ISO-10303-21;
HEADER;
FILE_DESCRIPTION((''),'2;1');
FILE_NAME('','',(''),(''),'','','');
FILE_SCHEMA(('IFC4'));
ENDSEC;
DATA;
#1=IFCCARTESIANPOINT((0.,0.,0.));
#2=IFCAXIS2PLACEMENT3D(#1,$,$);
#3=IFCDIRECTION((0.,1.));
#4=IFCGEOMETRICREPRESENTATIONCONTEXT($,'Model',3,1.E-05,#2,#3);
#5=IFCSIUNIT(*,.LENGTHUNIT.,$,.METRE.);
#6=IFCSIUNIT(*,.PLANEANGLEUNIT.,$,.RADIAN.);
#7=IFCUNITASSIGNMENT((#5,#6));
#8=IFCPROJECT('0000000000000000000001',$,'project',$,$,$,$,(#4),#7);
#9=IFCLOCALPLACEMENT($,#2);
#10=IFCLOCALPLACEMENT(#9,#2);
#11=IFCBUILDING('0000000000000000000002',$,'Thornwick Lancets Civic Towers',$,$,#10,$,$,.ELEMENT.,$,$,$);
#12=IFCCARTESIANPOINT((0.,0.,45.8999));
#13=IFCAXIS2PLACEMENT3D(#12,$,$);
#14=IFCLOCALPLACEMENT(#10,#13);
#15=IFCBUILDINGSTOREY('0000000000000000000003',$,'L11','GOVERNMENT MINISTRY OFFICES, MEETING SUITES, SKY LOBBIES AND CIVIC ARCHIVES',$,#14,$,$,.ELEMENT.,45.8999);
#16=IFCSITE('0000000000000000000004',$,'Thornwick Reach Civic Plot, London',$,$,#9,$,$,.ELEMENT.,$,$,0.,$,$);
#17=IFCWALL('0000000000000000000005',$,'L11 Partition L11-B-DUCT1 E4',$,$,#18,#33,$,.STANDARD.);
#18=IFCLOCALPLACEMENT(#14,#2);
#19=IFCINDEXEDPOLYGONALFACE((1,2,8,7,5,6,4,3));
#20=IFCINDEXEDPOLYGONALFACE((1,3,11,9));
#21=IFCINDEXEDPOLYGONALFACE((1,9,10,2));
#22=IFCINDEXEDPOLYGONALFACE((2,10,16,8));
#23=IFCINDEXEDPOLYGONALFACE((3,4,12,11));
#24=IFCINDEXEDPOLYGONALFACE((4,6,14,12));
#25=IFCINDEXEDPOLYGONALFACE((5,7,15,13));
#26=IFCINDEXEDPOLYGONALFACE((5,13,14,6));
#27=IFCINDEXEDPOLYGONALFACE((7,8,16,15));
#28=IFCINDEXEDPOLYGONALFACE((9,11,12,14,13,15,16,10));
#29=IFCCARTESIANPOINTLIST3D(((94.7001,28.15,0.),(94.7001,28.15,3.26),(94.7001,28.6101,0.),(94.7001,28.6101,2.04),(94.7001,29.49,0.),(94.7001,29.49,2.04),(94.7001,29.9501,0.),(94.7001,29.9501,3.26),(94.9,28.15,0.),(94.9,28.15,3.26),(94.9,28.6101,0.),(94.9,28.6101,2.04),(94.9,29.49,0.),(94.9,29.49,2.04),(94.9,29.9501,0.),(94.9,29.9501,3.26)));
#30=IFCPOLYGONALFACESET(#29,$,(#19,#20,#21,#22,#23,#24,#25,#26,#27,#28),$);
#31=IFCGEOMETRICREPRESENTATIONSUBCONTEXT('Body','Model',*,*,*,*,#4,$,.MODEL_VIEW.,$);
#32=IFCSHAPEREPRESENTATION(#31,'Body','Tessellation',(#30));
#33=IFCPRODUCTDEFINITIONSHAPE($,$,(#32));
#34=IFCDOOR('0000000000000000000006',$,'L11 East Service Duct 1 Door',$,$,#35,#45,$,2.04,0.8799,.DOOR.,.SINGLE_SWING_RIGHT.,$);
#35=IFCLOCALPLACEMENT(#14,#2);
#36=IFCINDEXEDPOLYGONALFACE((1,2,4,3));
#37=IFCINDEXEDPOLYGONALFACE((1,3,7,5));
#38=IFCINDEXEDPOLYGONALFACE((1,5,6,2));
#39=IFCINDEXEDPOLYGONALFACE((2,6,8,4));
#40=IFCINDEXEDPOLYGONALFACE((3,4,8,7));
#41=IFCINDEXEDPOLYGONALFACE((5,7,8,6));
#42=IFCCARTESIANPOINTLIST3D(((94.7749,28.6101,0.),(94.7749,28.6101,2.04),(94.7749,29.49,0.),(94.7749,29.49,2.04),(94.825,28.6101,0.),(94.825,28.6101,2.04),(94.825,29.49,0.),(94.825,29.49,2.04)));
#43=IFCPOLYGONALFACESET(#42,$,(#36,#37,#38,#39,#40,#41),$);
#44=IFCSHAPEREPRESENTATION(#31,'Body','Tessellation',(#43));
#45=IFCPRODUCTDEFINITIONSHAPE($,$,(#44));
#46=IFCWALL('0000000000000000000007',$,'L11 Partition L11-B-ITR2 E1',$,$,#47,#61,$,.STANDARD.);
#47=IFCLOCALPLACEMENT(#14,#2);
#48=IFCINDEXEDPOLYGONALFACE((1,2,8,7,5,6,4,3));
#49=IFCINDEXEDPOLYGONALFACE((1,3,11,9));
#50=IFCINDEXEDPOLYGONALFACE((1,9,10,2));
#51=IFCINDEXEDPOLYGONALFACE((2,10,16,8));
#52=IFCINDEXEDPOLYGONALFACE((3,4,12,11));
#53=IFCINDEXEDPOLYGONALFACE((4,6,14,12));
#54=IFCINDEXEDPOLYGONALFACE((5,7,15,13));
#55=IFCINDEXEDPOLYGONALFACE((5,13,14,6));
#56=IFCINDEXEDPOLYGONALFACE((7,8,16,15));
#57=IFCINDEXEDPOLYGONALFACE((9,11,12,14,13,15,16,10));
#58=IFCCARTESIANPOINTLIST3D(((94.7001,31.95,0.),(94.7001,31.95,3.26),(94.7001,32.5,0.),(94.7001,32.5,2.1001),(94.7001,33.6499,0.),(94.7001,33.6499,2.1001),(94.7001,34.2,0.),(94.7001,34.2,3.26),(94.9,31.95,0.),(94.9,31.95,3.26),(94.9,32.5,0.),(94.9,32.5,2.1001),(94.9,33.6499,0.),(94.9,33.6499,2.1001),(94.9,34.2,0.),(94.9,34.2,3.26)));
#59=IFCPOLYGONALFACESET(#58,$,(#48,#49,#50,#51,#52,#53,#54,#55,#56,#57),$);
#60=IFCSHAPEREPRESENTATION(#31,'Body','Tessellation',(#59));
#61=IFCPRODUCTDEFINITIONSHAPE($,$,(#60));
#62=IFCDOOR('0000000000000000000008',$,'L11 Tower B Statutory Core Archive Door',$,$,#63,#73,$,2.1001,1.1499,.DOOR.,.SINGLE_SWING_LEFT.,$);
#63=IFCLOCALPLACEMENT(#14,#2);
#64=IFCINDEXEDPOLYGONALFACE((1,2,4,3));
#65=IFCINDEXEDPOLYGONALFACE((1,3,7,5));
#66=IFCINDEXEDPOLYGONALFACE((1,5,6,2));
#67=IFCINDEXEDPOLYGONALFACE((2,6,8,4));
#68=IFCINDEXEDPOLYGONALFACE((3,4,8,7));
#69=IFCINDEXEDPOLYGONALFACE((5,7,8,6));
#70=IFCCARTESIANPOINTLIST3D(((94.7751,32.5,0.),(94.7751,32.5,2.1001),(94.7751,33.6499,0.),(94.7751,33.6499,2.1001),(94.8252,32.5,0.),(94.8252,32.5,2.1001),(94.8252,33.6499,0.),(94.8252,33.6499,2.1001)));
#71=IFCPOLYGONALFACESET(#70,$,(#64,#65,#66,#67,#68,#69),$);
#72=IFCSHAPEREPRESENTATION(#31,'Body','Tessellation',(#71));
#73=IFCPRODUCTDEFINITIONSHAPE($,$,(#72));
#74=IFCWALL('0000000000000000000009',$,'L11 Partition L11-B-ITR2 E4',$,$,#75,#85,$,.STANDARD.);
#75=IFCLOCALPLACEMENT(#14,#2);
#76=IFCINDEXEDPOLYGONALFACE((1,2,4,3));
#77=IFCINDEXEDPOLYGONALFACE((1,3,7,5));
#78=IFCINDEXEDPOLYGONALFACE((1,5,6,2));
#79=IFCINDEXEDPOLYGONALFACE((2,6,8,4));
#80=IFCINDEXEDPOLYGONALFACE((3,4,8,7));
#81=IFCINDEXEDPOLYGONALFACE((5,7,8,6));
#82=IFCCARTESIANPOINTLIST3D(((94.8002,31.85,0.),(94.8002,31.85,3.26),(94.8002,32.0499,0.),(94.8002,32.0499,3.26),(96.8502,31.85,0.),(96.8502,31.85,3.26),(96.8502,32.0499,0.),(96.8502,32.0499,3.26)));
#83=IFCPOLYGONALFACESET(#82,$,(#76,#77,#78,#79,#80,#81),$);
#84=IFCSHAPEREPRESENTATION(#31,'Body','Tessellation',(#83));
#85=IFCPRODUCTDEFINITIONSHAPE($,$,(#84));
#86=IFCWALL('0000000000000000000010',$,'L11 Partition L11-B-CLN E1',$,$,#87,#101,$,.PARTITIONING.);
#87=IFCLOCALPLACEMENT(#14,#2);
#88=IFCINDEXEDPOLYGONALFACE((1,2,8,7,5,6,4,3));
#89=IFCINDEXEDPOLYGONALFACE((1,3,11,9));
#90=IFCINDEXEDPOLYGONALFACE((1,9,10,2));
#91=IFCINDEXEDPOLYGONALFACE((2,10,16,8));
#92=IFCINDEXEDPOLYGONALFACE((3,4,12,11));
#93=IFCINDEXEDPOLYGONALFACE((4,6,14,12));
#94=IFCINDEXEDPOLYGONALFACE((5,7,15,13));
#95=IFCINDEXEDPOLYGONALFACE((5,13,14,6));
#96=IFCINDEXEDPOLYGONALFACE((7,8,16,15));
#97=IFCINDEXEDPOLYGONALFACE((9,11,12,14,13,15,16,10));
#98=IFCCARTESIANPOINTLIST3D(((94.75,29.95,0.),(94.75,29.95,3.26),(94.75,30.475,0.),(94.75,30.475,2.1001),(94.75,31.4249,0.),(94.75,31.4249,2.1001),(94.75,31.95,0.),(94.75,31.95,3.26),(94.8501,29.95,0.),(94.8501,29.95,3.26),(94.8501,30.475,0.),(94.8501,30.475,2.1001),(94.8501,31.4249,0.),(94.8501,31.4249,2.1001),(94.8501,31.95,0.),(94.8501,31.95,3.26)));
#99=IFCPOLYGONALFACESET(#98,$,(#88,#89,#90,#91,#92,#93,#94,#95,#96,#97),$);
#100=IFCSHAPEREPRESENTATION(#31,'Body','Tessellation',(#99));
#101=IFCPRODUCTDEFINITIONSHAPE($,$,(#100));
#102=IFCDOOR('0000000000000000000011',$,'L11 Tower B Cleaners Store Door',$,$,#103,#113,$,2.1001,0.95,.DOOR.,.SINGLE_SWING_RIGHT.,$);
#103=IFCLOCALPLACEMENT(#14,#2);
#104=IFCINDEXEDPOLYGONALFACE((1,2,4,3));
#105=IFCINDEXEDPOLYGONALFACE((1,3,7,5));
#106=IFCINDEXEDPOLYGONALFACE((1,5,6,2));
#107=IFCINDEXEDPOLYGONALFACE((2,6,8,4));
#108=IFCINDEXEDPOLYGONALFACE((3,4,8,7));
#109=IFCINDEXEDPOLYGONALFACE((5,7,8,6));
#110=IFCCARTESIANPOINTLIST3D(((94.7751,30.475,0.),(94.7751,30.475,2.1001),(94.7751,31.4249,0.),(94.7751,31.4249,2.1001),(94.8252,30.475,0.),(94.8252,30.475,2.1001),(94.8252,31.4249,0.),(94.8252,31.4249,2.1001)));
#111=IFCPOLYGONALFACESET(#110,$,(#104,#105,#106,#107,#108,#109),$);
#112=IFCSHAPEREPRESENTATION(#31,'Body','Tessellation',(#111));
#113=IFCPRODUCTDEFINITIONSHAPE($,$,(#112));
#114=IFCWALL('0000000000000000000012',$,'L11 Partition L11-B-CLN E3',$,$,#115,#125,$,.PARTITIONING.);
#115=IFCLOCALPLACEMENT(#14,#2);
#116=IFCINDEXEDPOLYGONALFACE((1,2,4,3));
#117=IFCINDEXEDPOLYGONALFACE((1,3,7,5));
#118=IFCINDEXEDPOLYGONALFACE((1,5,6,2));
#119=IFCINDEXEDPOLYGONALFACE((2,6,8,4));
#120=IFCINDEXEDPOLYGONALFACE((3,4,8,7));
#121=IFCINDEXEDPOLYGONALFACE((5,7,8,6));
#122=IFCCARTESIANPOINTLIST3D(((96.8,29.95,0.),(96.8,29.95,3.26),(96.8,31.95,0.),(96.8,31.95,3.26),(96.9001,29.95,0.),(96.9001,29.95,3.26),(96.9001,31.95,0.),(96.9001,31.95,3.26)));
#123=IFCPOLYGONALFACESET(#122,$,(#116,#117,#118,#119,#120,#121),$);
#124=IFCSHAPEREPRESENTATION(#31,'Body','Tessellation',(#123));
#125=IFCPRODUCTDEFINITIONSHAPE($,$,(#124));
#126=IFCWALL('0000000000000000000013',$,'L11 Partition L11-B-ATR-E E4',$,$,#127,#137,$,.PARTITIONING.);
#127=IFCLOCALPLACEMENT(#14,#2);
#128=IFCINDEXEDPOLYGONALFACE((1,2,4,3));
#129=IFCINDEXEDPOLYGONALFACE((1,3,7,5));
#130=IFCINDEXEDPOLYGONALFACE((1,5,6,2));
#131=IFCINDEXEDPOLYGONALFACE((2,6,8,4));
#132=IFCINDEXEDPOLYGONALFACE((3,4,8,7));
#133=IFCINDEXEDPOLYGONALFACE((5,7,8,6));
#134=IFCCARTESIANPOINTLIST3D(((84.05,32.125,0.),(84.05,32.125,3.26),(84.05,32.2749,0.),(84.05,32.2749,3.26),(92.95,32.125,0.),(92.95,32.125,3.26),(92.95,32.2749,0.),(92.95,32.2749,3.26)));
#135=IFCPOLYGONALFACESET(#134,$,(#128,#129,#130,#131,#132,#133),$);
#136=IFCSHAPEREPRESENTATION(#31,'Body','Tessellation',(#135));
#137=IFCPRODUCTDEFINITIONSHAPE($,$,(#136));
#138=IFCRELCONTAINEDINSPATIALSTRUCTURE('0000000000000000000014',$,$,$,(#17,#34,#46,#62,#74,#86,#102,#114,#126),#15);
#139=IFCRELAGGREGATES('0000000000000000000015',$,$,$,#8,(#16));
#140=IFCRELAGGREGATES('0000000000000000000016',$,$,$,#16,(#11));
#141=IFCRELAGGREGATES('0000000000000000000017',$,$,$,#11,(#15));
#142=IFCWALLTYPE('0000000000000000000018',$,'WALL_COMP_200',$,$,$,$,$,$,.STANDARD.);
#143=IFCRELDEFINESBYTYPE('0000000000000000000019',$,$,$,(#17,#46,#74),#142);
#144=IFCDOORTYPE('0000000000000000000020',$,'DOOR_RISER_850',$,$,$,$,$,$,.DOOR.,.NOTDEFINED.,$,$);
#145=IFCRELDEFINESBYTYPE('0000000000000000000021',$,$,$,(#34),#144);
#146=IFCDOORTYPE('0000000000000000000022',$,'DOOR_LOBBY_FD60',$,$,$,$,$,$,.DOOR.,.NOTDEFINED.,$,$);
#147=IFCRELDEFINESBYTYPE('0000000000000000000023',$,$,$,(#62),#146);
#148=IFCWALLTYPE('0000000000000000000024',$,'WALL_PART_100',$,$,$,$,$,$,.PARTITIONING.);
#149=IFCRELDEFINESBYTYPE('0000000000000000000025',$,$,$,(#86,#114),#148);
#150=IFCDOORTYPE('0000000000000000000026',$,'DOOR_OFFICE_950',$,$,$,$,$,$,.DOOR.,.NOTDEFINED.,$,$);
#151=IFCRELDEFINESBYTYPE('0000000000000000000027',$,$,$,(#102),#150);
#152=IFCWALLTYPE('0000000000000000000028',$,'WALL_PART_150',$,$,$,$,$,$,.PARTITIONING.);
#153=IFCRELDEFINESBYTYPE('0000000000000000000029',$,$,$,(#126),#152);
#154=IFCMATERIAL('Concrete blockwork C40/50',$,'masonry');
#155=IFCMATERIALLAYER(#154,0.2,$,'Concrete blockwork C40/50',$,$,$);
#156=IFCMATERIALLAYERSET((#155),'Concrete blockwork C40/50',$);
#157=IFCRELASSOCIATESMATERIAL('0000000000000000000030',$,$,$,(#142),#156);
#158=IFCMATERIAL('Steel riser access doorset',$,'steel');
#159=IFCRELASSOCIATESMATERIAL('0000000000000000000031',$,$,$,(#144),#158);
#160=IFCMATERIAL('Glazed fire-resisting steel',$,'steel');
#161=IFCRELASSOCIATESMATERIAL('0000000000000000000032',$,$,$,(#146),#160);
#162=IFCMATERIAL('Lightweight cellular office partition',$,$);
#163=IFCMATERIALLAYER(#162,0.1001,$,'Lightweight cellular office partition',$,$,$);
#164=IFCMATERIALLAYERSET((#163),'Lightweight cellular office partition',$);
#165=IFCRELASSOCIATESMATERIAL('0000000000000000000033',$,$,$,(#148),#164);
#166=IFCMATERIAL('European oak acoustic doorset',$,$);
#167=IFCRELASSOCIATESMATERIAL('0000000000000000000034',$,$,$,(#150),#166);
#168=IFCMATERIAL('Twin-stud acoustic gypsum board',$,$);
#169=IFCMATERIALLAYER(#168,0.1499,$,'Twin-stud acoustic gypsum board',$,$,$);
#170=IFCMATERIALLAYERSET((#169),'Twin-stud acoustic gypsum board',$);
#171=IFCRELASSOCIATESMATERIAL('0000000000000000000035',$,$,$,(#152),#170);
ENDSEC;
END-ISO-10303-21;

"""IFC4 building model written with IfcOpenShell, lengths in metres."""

from ifc_helpers import new_model, si_unit, direction, frame, frame_2d, origin, place, context, subcontext, project, spatial, rectangle, extrude, material, layer, layer_set, type_object, element, fill, save


model = new_model("IFC4")

# Units and contexts
model_context = context("Model", 3, precision=1e-05, world=origin(), true_north=direction((0.0, 1.0)))
body_context = subcontext(model_context, "Body", "Model", "MODEL_VIEW")
ifc_project = project(units=[si_unit("LENGTHUNIT", "METRE"), si_unit("PLANEANGLEUNIT", "RADIAN")], contexts=[model_context])

# Site, building, storey
site_placement = place(None, origin())
site = spatial("IfcSite", under=ifc_project, at=site_placement, Name="Thornwick Reach Civic Plot, London", CompositionType="ELEMENT", RefElevation=0.0)
building_placement = place(site_placement, origin())
building = spatial("IfcBuilding", under=site, at=building_placement, Name="Thornwick Lancets Civic Towers", CompositionType="ELEMENT")
storey_placement = place(building_placement, frame((0.0, 0.0, 45.8999)))
storey = spatial("IfcBuildingStorey", under=building, at=storey_placement, Name="L11", Description="GOVERNMENT MINISTRY OFFICES, MEETING SUITES, SKY LOBBIES AND CIVIC ARCHIVES", CompositionType="ELEMENT", Elevation=45.8999)

# Shared definitions
ifc_material_1 = material(Name="Concrete blockwork C40/50", Category="masonry")
ifc_layer_1 = layer(ifc_material_1, 0.2, Name="Concrete blockwork C40/50")
ifc_layer_set_1 = layer_set([ifc_layer_1], Name="Concrete blockwork C40/50")
wall_type_1 = type_object("IfcWallType", Name="WALL_COMP_200", PredefinedType="STANDARD", material=ifc_layer_set_1)

# Walls, openings, doors
wall_1_placement = place(storey_placement, frame((94.8, 29.95, 0.0), z_axis=(0.0, 0.0, 1.0), x_axis=(0.0, -1.0, 0.0)))
wall_1 = element("IfcWall", 1, at=wall_1_placement, inside=storey, type_object=wall_type_1, Name="L11 Partition L11-B-DUCT1 E4", PredefinedType="STANDARD", context=body_context, shape_type="SweptSolid", body=[
    extrude(rectangle(XDim=1.8, YDim=0.2, at=frame_2d((0.8999, 0.0))), origin(), (0.0, 0.0, 1.0), 3.26),
])
opening_1_placement = place(wall_1_placement, frame((0.46, 0.0, 0.0)))
opening_1 = element("IfcOpeningElement", 2, at=opening_1_placement, cuts=wall_1, PredefinedType="OPENING", context=body_context, shape_type="SweptSolid", body=[
    extrude(rectangle(XDim=0.8799, YDim=2.04, at=frame_2d((0.4399, 1.02))), frame((0.0, 0.1099, 0.0), z_axis=(0.0, -1.0, 0.0), x_axis=(1.0, 0.0, 0.0)), (0.0, 0.0, 1.0), 0.22),
])
ifc_material_2 = material(Name="Steel riser access doorset", Category="steel")
door_type_1 = type_object("IfcDoorType", Name="DOOR_RISER_850", OperationType="NOTDEFINED", PredefinedType="DOOR", material=ifc_material_2)
door_1_placement = place(opening_1_placement, origin())
door_1 = element("IfcDoor", 3, at=door_1_placement, inside=storey, type_object=door_type_1, Name="L11 East Service Duct 1 Door", OperationType="SINGLE_SWING_RIGHT", OverallHeight=2.04, OverallWidth=0.8799, PredefinedType="DOOR", context=body_context, shape_type="SweptSolid", body=[
    extrude(rectangle(XDim=0.8799, YDim=2.04, at=frame_2d((0.4399, 1.02))), frame((0.0, 0.0249, 0.0), z_axis=(0.0, -1.0, 0.0), x_axis=(1.0, 0.0, 0.0)), (0.0, 0.0, 1.0), 0.05),
])
fill(opening_1, door_1)
wall_2_placement = place(storey_placement, frame((94.8, 31.95, 0.0), z_axis=(0.0, 0.0, 1.0), x_axis=(0.0, 1.0, 0.0)))
wall_2 = element("IfcWall", 4, at=wall_2_placement, inside=storey, type_object=wall_type_1, Name="L11 Partition L11-B-ITR2 E1", PredefinedType="STANDARD", context=body_context, shape_type="SweptSolid", body=[
    extrude(rectangle(XDim=2.25, YDim=0.2, at=frame_2d((1.125, 0.0))), origin(), (0.0, 0.0, 1.0), 3.26),
])
opening_2_placement = place(wall_2_placement, frame((0.55, 0.0, 0.0)))
opening_2 = element("IfcOpeningElement", 5, at=opening_2_placement, cuts=wall_2, PredefinedType="OPENING", context=body_context, shape_type="SweptSolid", body=[
    extrude(rectangle(XDim=1.1499, YDim=2.1001, at=frame_2d((0.575, 1.05))), frame((0.0, 0.1099, 0.0), z_axis=(0.0, -1.0, 0.0), x_axis=(1.0, 0.0, 0.0)), (0.0, 0.0, 1.0), 0.22),
])
ifc_material_3 = material(Name="Glazed fire-resisting steel", Category="steel")
door_type_2 = type_object("IfcDoorType", Name="DOOR_LOBBY_FD60", OperationType="NOTDEFINED", PredefinedType="DOOR", material=ifc_material_3)
door_2_placement = place(opening_2_placement, origin())
door_2 = element("IfcDoor", 6, at=door_2_placement, inside=storey, type_object=door_type_2, Name="L11 Tower B Statutory Core Archive Door", OperationType="SINGLE_SWING_LEFT", OverallHeight=2.1001, OverallWidth=1.1499, PredefinedType="DOOR", context=body_context, shape_type="SweptSolid", body=[
    extrude(rectangle(XDim=1.1499, YDim=2.1001, at=frame_2d((0.575, 1.05))), frame((0.0, 0.0249, 0.0), z_axis=(0.0, -1.0, 0.0), x_axis=(1.0, 0.0, 0.0)), (0.0, 0.0, 1.0), 0.05),
])
fill(opening_2, door_2)

# Wall
wall_3_placement = place(storey_placement, frame((96.8501, 31.95, 0.0), z_axis=(0.0, 0.0, 1.0), x_axis=(-1.0, 0.0, 0.0)))
element("IfcWall", 7, at=wall_3_placement, inside=storey, type_object=wall_type_1, Name="L11 Partition L11-B-ITR2 E4", PredefinedType="STANDARD", context=body_context, shape_type="SweptSolid", body=[
    extrude(rectangle(XDim=2.05, YDim=0.2, at=frame_2d((1.0249, 0.0))), origin(), (0.0, 0.0, 1.0), 3.26),
])

# Wall, opening, door
ifc_material_4 = material(Name="Lightweight cellular office partition")
ifc_layer_2 = layer(ifc_material_4, 0.1001, Name="Lightweight cellular office partition")
ifc_layer_set_2 = layer_set([ifc_layer_2], Name="Lightweight cellular office partition")
wall_type_2 = type_object("IfcWallType", Name="WALL_PART_100", PredefinedType="PARTITIONING", material=ifc_layer_set_2)
wall_4_placement = place(storey_placement, frame((94.8, 29.95, 0.0), z_axis=(0.0, 0.0, 1.0), x_axis=(0.0, 1.0, 0.0)))
wall_4 = element("IfcWall", 8, at=wall_4_placement, inside=storey, type_object=wall_type_2, Name="L11 Partition L11-B-CLN E1", PredefinedType="PARTITIONING", context=body_context, shape_type="SweptSolid", body=[
    extrude(rectangle(XDim=2.0, YDim=0.1001, at=frame_2d((1.0, 0.0))), origin(), (0.0, 0.0, 1.0), 3.26),
])
opening_3_placement = place(wall_4_placement, frame((0.5249, 0.0, 0.0)))
opening_3 = element("IfcOpeningElement", 9, at=opening_3_placement, cuts=wall_4, PredefinedType="OPENING", context=body_context, shape_type="SweptSolid", body=[
    extrude(rectangle(XDim=0.95, YDim=2.1001, at=frame_2d((0.4751, 1.05))), frame((0.0, 0.0601, 0.0), z_axis=(0.0, -1.0, 0.0), x_axis=(1.0, 0.0, 0.0)), (0.0, 0.0, 1.0), 0.1201),
])
ifc_material_5 = material(Name="European oak acoustic doorset")
door_type_3 = type_object("IfcDoorType", Name="DOOR_OFFICE_950", OperationType="NOTDEFINED", PredefinedType="DOOR", material=ifc_material_5)
door_3_placement = place(opening_3_placement, origin())
door_3 = element("IfcDoor", 10, at=door_3_placement, inside=storey, type_object=door_type_3, Name="L11 Tower B Cleaners Store Door", OperationType="SINGLE_SWING_RIGHT", OverallHeight=2.1001, OverallWidth=0.95, PredefinedType="DOOR", context=body_context, shape_type="SweptSolid", body=[
    extrude(rectangle(XDim=0.95, YDim=2.1001, at=frame_2d((0.4751, 1.05))), frame((0.0, 0.0249, 0.0), z_axis=(0.0, -1.0, 0.0), x_axis=(1.0, 0.0, 0.0)), (0.0, 0.0, 1.0), 0.05),
])
fill(opening_3, door_3)

# Walls
wall_5_placement = place(storey_placement, frame((96.8501, 31.95, 0.0), z_axis=(0.0, 0.0, 1.0), x_axis=(0.0, -1.0, 0.0)))
element("IfcWall", 11, at=wall_5_placement, inside=storey, type_object=wall_type_2, Name="L11 Partition L11-B-CLN E3", PredefinedType="PARTITIONING", context=body_context, shape_type="SweptSolid", body=[
    extrude(rectangle(XDim=2.0, YDim=0.1001, at=frame_2d((1.0, 0.0))), origin(), (0.0, 0.0, 1.0), 3.26),
])
ifc_material_6 = material(Name="Twin-stud acoustic gypsum board")
ifc_layer_3 = layer(ifc_material_6, 0.1499, Name="Twin-stud acoustic gypsum board")
ifc_layer_set_3 = layer_set([ifc_layer_3], Name="Twin-stud acoustic gypsum board")
wall_type_3 = type_object("IfcWallType", Name="WALL_PART_150", PredefinedType="PARTITIONING", material=ifc_layer_set_3)
wall_6_placement = place(storey_placement, frame((92.95, 32.2, 0.0), z_axis=(0.0, 0.0, 1.0), x_axis=(-1.0, 0.0, 0.0)))
element("IfcWall", 12, at=wall_6_placement, inside=storey, type_object=wall_type_3, Name="L11 Partition L11-B-ATR-E E4", PredefinedType="PARTITIONING", context=body_context, shape_type="SweptSolid", body=[
    extrude(rectangle(XDim=8.8999, YDim=0.1499, at=frame_2d((4.45, 0.0))), origin(), (0.0, 0.0, 1.0), 3.26),
])

save(model, "model.ifc")
